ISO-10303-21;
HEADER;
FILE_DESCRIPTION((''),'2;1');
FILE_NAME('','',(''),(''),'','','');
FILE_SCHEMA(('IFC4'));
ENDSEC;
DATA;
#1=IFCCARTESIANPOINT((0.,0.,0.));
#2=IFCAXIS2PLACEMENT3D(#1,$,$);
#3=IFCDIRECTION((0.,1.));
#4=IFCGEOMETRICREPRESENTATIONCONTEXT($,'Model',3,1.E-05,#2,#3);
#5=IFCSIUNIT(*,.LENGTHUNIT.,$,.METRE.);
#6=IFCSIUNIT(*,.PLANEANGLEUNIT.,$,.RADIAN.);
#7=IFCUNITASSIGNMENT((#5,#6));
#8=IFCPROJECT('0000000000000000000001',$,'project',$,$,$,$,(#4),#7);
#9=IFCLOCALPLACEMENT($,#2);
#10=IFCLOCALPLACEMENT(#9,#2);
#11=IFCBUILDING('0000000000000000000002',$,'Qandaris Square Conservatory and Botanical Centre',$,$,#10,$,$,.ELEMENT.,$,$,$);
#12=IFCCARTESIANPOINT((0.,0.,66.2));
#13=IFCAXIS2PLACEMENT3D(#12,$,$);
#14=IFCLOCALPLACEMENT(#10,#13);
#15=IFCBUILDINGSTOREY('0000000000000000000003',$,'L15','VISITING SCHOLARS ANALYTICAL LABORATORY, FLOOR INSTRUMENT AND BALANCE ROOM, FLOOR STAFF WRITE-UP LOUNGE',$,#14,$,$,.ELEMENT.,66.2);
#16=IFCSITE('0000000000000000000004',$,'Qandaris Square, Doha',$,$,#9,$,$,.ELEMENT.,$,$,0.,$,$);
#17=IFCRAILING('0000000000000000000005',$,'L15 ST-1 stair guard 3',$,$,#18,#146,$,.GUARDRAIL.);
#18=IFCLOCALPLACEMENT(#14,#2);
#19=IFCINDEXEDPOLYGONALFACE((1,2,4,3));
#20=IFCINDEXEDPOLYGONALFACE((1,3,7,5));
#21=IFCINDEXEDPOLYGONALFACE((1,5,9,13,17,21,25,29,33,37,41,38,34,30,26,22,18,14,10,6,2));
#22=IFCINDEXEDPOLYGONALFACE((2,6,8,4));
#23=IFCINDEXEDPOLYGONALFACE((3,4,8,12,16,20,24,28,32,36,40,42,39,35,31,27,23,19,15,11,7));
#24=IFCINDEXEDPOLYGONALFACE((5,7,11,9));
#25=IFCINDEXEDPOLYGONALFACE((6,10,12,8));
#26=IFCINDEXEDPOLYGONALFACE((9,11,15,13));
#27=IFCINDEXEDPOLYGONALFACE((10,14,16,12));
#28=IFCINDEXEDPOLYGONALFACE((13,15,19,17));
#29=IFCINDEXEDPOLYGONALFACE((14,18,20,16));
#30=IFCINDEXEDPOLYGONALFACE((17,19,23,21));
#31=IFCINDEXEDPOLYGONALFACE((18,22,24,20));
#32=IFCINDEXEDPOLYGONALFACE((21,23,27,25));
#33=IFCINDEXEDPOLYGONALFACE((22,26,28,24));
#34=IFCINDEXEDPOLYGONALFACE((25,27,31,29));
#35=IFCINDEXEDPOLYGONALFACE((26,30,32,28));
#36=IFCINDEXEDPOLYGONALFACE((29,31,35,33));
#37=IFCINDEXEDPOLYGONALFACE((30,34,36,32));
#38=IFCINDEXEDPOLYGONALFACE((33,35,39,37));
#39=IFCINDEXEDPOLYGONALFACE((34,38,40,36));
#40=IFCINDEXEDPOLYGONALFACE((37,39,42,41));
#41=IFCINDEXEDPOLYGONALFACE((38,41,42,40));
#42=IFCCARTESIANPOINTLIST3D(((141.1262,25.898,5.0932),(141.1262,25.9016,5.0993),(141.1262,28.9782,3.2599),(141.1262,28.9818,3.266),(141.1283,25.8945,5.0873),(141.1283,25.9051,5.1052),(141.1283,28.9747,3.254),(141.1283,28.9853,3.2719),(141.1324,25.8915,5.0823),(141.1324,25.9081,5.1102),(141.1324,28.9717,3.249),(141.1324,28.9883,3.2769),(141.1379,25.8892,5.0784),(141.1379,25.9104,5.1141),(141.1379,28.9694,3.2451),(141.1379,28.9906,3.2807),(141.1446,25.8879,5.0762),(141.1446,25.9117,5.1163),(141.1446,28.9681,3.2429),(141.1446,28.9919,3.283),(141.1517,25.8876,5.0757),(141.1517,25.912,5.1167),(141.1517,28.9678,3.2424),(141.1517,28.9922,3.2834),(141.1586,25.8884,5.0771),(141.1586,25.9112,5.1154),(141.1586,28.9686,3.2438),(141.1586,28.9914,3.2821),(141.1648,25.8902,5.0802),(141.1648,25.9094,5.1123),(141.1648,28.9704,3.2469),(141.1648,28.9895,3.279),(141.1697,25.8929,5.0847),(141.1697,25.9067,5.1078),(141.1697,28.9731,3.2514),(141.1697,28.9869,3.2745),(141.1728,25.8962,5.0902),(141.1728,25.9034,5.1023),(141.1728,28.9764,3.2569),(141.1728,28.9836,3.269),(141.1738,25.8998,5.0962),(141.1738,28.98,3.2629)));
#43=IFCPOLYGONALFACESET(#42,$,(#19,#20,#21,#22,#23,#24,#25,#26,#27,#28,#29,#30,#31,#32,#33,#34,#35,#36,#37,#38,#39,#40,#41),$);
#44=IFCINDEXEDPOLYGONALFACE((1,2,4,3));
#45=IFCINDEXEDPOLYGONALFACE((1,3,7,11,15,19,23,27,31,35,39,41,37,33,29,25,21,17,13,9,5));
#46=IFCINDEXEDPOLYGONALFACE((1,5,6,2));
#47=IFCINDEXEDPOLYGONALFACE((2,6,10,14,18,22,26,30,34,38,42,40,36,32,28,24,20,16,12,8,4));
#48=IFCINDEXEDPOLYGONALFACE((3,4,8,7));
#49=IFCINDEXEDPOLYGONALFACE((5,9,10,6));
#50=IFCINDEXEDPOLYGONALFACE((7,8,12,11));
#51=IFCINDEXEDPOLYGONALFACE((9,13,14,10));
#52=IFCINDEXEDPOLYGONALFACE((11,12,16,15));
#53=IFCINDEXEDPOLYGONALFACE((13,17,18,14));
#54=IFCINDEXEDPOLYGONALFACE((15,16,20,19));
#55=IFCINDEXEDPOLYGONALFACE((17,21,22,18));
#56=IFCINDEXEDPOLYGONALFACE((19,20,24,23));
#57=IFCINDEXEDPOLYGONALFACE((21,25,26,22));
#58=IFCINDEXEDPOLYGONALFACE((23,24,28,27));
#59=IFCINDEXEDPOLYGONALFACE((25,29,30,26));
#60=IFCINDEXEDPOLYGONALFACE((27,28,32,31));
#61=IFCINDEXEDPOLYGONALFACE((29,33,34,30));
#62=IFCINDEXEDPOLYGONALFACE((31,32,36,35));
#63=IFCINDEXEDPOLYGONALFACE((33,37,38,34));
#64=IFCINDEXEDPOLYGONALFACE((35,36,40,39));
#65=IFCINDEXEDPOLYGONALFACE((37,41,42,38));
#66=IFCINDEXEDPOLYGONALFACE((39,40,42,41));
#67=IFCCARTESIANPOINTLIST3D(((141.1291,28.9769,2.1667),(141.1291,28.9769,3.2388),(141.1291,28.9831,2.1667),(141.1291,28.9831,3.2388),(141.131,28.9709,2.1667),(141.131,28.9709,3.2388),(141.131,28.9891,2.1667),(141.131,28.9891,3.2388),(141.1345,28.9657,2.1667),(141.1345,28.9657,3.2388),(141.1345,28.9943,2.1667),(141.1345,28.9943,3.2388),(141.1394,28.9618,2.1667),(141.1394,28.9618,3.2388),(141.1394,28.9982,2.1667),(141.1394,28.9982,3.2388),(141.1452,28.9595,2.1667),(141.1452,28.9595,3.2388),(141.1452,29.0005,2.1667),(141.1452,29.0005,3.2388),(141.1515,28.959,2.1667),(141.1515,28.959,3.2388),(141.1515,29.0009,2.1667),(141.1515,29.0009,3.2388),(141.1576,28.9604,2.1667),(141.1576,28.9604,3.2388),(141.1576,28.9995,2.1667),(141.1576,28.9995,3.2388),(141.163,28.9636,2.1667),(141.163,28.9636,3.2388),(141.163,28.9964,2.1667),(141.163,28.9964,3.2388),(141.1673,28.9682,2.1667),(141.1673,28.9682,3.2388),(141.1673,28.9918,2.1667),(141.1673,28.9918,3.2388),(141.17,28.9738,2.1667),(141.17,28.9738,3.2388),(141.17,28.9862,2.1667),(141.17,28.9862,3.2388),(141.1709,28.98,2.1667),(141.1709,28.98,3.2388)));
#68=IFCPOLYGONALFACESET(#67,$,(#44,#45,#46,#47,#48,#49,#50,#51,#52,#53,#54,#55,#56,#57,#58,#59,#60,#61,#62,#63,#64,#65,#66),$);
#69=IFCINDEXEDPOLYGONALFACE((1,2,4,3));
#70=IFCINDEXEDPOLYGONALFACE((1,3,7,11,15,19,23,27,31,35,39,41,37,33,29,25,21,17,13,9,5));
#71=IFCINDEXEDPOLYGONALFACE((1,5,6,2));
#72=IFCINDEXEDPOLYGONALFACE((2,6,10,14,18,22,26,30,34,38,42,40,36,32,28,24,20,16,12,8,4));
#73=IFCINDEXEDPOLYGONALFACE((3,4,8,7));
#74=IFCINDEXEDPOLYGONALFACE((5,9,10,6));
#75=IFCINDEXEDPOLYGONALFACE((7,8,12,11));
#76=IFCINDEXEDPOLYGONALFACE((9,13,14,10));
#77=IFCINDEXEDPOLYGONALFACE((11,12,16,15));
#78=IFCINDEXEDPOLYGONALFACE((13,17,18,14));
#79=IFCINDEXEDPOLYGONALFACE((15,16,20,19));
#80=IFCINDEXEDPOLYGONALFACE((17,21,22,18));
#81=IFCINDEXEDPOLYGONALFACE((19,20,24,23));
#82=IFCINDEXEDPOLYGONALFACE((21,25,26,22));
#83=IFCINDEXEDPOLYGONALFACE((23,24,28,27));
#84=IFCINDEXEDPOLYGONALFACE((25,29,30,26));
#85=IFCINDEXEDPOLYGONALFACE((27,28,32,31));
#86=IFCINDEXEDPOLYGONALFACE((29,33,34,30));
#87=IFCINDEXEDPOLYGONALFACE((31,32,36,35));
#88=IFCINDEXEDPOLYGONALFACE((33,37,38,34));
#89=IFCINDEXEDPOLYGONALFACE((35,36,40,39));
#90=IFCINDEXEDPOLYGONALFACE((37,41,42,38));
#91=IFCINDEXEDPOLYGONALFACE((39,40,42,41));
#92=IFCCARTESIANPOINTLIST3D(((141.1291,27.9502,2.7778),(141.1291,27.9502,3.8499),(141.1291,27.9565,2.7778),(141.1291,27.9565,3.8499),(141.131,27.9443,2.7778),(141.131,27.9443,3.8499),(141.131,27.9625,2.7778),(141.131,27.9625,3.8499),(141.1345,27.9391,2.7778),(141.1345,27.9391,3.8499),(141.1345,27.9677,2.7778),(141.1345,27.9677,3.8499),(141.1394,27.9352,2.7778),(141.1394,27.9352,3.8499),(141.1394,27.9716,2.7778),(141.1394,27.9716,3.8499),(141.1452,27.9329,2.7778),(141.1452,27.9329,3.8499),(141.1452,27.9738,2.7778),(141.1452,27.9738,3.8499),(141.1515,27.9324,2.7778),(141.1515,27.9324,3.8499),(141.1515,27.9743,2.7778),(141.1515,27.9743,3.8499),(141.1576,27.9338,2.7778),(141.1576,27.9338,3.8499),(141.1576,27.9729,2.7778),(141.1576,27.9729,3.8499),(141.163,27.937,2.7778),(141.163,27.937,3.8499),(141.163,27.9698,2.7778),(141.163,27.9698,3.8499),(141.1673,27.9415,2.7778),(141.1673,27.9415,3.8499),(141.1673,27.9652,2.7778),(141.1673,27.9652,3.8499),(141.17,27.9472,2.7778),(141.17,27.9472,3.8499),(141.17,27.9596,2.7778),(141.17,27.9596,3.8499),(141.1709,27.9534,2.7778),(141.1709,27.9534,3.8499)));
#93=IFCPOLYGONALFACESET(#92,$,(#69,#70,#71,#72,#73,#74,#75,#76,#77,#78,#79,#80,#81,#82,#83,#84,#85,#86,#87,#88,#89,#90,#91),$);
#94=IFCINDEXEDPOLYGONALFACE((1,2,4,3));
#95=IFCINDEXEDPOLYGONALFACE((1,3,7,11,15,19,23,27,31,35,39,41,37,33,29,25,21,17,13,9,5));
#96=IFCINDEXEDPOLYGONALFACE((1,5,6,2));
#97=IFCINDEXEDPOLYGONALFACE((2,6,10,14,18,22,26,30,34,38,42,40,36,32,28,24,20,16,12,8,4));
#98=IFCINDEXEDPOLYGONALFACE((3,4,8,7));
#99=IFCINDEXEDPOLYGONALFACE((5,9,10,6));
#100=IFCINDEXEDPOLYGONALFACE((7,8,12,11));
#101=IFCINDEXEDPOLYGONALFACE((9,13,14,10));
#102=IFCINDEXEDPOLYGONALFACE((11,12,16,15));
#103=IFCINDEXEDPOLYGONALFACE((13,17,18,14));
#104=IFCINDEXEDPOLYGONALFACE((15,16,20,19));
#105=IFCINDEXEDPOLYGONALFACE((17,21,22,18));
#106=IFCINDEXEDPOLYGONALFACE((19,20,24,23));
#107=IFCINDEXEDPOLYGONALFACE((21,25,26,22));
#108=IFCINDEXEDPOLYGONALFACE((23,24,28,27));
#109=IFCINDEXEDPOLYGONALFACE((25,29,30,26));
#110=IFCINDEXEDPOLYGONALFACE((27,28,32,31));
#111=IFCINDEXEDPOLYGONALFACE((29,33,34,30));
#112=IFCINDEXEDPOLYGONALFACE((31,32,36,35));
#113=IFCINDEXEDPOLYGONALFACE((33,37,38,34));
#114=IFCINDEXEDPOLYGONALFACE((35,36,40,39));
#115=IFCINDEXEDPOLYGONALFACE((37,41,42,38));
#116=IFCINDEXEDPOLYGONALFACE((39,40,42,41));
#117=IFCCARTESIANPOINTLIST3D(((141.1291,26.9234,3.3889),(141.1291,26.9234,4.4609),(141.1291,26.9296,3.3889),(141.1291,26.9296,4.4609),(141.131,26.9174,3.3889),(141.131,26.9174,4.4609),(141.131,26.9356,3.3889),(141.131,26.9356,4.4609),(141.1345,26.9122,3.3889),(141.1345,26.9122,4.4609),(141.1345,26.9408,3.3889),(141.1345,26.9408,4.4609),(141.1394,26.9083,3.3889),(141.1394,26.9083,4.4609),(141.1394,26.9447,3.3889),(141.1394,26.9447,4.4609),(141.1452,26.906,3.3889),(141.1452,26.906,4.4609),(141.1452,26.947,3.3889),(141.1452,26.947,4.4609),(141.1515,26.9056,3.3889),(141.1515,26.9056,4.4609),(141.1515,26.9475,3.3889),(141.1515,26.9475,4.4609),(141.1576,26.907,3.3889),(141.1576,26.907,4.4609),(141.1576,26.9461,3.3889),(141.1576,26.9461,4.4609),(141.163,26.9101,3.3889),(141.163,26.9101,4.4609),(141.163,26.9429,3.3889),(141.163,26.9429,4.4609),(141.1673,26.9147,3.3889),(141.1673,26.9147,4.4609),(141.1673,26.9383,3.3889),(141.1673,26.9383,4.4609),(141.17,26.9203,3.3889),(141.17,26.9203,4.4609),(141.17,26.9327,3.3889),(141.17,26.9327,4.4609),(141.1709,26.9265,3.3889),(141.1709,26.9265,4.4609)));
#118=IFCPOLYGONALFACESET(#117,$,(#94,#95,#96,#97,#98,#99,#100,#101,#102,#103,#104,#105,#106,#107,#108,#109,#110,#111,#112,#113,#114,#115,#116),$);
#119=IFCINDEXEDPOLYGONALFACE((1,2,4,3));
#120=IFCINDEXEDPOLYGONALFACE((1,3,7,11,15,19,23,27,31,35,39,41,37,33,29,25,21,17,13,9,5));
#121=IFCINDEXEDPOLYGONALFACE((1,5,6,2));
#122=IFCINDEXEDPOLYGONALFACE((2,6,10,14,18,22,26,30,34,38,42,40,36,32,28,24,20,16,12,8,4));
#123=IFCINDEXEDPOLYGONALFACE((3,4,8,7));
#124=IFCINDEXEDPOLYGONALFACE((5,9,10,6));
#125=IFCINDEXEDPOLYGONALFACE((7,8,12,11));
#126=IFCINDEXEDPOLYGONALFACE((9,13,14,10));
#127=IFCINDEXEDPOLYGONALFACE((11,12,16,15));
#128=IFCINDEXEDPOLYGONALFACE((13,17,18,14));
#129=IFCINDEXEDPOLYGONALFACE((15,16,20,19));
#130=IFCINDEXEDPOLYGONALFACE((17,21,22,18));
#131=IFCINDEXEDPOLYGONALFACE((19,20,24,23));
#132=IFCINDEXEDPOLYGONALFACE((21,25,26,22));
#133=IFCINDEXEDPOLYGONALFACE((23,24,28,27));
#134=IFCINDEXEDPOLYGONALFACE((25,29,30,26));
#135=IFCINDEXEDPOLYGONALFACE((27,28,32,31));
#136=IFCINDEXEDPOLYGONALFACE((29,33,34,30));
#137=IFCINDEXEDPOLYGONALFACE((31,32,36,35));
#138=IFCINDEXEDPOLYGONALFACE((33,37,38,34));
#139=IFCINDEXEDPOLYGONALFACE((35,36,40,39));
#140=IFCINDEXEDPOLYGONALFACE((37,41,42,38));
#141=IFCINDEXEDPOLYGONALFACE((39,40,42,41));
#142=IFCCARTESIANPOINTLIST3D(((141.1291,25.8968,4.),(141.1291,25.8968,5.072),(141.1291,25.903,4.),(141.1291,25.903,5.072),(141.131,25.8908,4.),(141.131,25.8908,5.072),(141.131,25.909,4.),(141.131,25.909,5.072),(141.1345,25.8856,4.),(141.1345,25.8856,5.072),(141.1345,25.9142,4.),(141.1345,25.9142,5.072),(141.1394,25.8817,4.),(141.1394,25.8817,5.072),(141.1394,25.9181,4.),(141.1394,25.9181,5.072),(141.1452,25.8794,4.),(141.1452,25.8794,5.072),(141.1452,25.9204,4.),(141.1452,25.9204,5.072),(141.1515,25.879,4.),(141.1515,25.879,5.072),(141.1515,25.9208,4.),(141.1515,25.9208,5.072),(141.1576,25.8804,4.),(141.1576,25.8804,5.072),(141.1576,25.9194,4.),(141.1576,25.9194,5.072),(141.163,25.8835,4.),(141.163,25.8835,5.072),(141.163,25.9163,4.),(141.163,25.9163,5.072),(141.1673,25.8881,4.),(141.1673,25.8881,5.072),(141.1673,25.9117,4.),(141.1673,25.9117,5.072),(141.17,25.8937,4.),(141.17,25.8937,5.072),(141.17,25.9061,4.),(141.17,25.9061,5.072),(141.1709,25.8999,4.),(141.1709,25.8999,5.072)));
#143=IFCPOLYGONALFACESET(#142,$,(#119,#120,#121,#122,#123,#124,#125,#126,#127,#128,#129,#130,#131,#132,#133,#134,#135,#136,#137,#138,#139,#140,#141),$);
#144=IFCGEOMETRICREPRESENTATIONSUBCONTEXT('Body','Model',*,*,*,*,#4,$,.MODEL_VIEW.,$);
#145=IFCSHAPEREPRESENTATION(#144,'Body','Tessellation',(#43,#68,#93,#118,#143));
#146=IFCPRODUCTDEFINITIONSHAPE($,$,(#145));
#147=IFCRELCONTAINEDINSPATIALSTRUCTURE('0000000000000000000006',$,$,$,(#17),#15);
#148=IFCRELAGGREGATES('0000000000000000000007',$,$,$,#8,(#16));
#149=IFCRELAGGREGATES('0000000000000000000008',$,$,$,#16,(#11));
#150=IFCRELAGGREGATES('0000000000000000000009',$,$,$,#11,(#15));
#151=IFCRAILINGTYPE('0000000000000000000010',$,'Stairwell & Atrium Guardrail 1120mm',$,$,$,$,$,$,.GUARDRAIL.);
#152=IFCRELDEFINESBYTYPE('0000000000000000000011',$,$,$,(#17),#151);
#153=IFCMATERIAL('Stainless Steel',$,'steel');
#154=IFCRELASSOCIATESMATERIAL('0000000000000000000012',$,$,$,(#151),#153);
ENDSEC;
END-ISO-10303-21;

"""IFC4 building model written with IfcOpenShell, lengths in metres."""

from ifc_helpers import new_model, si_unit, direction, frame, origin, origin_2d, place, context, subcontext, project, spatial, circle, extrude, material, type_object, element, save


model = new_model("IFC4")

# Units and contexts
model_context = context("Model", 3, precision=1e-05, world=origin(), true_north=direction((0.0, 1.0)))
body_context = subcontext(model_context, "Body", "Model", "MODEL_VIEW")
ifc_project = project(units=[si_unit("LENGTHUNIT", "METRE"), si_unit("PLANEANGLEUNIT", "RADIAN")], contexts=[model_context])

# Site, building, storey
site_placement = place(None, origin())
site = spatial("IfcSite", under=ifc_project, at=site_placement, Name="Qandaris Square, Doha", CompositionType="ELEMENT", RefElevation=0.0)
building_placement = place(site_placement, origin())
building = spatial("IfcBuilding", under=site, at=building_placement, Name="Qandaris Square Conservatory and Botanical Centre", CompositionType="ELEMENT")
storey_placement = place(building_placement, frame((0.0, 0.0, 66.2)))
storey = spatial("IfcBuildingStorey", under=building, at=storey_placement, Name="L15", Description="VISITING SCHOLARS ANALYTICAL LABORATORY, FLOOR INSTRUMENT AND BALANCE ROOM, FLOOR STAFF WRITE-UP LOUNGE", CompositionType="ELEMENT", Elevation=66.2)

# Railing
ifc_material_1 = material(Name="Stainless Steel", Category="steel")
railing_type_1 = type_object("IfcRailingType", Name="Stairwell & Atrium Guardrail 1120mm", PredefinedType="GUARDRAIL", material=ifc_material_1)
railing_1_placement = place(storey_placement, frame((141.1499, 28.98, 2.1667)))
element("IfcRailing", 1, at=railing_1_placement, inside=storey, type_object=railing_type_1, Name="L15 ST-1 stair guard 3", PredefinedType="GUARDRAIL", context=body_context, shape_type="SweptSolid", body=[
    extrude(circle(Radius=0.0239, at=origin_2d()), frame((0.0, 0.0, 1.0962), z_axis=(0.0, -0.859309, 0.511458), x_axis=(1.0, 0.0, 0.0)), (0.0, 0.0, 1.0), 3.5845),
    extrude(circle(Radius=0.021, at=origin_2d()), origin(), (0.0, 0.0, 1.0), 1.072),
    extrude(circle(Radius=0.021, at=origin_2d()), frame((0.0, -1.0266, 0.6111)), (0.0, 0.0, 1.0), 1.072),
    extrude(circle(Radius=0.021, at=origin_2d()), frame((0.0, -2.0535, 1.2222)), (0.0, 0.0, 1.0), 1.072),
    extrude(circle(Radius=0.021, at=origin_2d()), frame((0.0, -3.0801, 1.8333)), (0.0, 0.0, 1.0), 1.072),
])

save(model, "model.ifc")
